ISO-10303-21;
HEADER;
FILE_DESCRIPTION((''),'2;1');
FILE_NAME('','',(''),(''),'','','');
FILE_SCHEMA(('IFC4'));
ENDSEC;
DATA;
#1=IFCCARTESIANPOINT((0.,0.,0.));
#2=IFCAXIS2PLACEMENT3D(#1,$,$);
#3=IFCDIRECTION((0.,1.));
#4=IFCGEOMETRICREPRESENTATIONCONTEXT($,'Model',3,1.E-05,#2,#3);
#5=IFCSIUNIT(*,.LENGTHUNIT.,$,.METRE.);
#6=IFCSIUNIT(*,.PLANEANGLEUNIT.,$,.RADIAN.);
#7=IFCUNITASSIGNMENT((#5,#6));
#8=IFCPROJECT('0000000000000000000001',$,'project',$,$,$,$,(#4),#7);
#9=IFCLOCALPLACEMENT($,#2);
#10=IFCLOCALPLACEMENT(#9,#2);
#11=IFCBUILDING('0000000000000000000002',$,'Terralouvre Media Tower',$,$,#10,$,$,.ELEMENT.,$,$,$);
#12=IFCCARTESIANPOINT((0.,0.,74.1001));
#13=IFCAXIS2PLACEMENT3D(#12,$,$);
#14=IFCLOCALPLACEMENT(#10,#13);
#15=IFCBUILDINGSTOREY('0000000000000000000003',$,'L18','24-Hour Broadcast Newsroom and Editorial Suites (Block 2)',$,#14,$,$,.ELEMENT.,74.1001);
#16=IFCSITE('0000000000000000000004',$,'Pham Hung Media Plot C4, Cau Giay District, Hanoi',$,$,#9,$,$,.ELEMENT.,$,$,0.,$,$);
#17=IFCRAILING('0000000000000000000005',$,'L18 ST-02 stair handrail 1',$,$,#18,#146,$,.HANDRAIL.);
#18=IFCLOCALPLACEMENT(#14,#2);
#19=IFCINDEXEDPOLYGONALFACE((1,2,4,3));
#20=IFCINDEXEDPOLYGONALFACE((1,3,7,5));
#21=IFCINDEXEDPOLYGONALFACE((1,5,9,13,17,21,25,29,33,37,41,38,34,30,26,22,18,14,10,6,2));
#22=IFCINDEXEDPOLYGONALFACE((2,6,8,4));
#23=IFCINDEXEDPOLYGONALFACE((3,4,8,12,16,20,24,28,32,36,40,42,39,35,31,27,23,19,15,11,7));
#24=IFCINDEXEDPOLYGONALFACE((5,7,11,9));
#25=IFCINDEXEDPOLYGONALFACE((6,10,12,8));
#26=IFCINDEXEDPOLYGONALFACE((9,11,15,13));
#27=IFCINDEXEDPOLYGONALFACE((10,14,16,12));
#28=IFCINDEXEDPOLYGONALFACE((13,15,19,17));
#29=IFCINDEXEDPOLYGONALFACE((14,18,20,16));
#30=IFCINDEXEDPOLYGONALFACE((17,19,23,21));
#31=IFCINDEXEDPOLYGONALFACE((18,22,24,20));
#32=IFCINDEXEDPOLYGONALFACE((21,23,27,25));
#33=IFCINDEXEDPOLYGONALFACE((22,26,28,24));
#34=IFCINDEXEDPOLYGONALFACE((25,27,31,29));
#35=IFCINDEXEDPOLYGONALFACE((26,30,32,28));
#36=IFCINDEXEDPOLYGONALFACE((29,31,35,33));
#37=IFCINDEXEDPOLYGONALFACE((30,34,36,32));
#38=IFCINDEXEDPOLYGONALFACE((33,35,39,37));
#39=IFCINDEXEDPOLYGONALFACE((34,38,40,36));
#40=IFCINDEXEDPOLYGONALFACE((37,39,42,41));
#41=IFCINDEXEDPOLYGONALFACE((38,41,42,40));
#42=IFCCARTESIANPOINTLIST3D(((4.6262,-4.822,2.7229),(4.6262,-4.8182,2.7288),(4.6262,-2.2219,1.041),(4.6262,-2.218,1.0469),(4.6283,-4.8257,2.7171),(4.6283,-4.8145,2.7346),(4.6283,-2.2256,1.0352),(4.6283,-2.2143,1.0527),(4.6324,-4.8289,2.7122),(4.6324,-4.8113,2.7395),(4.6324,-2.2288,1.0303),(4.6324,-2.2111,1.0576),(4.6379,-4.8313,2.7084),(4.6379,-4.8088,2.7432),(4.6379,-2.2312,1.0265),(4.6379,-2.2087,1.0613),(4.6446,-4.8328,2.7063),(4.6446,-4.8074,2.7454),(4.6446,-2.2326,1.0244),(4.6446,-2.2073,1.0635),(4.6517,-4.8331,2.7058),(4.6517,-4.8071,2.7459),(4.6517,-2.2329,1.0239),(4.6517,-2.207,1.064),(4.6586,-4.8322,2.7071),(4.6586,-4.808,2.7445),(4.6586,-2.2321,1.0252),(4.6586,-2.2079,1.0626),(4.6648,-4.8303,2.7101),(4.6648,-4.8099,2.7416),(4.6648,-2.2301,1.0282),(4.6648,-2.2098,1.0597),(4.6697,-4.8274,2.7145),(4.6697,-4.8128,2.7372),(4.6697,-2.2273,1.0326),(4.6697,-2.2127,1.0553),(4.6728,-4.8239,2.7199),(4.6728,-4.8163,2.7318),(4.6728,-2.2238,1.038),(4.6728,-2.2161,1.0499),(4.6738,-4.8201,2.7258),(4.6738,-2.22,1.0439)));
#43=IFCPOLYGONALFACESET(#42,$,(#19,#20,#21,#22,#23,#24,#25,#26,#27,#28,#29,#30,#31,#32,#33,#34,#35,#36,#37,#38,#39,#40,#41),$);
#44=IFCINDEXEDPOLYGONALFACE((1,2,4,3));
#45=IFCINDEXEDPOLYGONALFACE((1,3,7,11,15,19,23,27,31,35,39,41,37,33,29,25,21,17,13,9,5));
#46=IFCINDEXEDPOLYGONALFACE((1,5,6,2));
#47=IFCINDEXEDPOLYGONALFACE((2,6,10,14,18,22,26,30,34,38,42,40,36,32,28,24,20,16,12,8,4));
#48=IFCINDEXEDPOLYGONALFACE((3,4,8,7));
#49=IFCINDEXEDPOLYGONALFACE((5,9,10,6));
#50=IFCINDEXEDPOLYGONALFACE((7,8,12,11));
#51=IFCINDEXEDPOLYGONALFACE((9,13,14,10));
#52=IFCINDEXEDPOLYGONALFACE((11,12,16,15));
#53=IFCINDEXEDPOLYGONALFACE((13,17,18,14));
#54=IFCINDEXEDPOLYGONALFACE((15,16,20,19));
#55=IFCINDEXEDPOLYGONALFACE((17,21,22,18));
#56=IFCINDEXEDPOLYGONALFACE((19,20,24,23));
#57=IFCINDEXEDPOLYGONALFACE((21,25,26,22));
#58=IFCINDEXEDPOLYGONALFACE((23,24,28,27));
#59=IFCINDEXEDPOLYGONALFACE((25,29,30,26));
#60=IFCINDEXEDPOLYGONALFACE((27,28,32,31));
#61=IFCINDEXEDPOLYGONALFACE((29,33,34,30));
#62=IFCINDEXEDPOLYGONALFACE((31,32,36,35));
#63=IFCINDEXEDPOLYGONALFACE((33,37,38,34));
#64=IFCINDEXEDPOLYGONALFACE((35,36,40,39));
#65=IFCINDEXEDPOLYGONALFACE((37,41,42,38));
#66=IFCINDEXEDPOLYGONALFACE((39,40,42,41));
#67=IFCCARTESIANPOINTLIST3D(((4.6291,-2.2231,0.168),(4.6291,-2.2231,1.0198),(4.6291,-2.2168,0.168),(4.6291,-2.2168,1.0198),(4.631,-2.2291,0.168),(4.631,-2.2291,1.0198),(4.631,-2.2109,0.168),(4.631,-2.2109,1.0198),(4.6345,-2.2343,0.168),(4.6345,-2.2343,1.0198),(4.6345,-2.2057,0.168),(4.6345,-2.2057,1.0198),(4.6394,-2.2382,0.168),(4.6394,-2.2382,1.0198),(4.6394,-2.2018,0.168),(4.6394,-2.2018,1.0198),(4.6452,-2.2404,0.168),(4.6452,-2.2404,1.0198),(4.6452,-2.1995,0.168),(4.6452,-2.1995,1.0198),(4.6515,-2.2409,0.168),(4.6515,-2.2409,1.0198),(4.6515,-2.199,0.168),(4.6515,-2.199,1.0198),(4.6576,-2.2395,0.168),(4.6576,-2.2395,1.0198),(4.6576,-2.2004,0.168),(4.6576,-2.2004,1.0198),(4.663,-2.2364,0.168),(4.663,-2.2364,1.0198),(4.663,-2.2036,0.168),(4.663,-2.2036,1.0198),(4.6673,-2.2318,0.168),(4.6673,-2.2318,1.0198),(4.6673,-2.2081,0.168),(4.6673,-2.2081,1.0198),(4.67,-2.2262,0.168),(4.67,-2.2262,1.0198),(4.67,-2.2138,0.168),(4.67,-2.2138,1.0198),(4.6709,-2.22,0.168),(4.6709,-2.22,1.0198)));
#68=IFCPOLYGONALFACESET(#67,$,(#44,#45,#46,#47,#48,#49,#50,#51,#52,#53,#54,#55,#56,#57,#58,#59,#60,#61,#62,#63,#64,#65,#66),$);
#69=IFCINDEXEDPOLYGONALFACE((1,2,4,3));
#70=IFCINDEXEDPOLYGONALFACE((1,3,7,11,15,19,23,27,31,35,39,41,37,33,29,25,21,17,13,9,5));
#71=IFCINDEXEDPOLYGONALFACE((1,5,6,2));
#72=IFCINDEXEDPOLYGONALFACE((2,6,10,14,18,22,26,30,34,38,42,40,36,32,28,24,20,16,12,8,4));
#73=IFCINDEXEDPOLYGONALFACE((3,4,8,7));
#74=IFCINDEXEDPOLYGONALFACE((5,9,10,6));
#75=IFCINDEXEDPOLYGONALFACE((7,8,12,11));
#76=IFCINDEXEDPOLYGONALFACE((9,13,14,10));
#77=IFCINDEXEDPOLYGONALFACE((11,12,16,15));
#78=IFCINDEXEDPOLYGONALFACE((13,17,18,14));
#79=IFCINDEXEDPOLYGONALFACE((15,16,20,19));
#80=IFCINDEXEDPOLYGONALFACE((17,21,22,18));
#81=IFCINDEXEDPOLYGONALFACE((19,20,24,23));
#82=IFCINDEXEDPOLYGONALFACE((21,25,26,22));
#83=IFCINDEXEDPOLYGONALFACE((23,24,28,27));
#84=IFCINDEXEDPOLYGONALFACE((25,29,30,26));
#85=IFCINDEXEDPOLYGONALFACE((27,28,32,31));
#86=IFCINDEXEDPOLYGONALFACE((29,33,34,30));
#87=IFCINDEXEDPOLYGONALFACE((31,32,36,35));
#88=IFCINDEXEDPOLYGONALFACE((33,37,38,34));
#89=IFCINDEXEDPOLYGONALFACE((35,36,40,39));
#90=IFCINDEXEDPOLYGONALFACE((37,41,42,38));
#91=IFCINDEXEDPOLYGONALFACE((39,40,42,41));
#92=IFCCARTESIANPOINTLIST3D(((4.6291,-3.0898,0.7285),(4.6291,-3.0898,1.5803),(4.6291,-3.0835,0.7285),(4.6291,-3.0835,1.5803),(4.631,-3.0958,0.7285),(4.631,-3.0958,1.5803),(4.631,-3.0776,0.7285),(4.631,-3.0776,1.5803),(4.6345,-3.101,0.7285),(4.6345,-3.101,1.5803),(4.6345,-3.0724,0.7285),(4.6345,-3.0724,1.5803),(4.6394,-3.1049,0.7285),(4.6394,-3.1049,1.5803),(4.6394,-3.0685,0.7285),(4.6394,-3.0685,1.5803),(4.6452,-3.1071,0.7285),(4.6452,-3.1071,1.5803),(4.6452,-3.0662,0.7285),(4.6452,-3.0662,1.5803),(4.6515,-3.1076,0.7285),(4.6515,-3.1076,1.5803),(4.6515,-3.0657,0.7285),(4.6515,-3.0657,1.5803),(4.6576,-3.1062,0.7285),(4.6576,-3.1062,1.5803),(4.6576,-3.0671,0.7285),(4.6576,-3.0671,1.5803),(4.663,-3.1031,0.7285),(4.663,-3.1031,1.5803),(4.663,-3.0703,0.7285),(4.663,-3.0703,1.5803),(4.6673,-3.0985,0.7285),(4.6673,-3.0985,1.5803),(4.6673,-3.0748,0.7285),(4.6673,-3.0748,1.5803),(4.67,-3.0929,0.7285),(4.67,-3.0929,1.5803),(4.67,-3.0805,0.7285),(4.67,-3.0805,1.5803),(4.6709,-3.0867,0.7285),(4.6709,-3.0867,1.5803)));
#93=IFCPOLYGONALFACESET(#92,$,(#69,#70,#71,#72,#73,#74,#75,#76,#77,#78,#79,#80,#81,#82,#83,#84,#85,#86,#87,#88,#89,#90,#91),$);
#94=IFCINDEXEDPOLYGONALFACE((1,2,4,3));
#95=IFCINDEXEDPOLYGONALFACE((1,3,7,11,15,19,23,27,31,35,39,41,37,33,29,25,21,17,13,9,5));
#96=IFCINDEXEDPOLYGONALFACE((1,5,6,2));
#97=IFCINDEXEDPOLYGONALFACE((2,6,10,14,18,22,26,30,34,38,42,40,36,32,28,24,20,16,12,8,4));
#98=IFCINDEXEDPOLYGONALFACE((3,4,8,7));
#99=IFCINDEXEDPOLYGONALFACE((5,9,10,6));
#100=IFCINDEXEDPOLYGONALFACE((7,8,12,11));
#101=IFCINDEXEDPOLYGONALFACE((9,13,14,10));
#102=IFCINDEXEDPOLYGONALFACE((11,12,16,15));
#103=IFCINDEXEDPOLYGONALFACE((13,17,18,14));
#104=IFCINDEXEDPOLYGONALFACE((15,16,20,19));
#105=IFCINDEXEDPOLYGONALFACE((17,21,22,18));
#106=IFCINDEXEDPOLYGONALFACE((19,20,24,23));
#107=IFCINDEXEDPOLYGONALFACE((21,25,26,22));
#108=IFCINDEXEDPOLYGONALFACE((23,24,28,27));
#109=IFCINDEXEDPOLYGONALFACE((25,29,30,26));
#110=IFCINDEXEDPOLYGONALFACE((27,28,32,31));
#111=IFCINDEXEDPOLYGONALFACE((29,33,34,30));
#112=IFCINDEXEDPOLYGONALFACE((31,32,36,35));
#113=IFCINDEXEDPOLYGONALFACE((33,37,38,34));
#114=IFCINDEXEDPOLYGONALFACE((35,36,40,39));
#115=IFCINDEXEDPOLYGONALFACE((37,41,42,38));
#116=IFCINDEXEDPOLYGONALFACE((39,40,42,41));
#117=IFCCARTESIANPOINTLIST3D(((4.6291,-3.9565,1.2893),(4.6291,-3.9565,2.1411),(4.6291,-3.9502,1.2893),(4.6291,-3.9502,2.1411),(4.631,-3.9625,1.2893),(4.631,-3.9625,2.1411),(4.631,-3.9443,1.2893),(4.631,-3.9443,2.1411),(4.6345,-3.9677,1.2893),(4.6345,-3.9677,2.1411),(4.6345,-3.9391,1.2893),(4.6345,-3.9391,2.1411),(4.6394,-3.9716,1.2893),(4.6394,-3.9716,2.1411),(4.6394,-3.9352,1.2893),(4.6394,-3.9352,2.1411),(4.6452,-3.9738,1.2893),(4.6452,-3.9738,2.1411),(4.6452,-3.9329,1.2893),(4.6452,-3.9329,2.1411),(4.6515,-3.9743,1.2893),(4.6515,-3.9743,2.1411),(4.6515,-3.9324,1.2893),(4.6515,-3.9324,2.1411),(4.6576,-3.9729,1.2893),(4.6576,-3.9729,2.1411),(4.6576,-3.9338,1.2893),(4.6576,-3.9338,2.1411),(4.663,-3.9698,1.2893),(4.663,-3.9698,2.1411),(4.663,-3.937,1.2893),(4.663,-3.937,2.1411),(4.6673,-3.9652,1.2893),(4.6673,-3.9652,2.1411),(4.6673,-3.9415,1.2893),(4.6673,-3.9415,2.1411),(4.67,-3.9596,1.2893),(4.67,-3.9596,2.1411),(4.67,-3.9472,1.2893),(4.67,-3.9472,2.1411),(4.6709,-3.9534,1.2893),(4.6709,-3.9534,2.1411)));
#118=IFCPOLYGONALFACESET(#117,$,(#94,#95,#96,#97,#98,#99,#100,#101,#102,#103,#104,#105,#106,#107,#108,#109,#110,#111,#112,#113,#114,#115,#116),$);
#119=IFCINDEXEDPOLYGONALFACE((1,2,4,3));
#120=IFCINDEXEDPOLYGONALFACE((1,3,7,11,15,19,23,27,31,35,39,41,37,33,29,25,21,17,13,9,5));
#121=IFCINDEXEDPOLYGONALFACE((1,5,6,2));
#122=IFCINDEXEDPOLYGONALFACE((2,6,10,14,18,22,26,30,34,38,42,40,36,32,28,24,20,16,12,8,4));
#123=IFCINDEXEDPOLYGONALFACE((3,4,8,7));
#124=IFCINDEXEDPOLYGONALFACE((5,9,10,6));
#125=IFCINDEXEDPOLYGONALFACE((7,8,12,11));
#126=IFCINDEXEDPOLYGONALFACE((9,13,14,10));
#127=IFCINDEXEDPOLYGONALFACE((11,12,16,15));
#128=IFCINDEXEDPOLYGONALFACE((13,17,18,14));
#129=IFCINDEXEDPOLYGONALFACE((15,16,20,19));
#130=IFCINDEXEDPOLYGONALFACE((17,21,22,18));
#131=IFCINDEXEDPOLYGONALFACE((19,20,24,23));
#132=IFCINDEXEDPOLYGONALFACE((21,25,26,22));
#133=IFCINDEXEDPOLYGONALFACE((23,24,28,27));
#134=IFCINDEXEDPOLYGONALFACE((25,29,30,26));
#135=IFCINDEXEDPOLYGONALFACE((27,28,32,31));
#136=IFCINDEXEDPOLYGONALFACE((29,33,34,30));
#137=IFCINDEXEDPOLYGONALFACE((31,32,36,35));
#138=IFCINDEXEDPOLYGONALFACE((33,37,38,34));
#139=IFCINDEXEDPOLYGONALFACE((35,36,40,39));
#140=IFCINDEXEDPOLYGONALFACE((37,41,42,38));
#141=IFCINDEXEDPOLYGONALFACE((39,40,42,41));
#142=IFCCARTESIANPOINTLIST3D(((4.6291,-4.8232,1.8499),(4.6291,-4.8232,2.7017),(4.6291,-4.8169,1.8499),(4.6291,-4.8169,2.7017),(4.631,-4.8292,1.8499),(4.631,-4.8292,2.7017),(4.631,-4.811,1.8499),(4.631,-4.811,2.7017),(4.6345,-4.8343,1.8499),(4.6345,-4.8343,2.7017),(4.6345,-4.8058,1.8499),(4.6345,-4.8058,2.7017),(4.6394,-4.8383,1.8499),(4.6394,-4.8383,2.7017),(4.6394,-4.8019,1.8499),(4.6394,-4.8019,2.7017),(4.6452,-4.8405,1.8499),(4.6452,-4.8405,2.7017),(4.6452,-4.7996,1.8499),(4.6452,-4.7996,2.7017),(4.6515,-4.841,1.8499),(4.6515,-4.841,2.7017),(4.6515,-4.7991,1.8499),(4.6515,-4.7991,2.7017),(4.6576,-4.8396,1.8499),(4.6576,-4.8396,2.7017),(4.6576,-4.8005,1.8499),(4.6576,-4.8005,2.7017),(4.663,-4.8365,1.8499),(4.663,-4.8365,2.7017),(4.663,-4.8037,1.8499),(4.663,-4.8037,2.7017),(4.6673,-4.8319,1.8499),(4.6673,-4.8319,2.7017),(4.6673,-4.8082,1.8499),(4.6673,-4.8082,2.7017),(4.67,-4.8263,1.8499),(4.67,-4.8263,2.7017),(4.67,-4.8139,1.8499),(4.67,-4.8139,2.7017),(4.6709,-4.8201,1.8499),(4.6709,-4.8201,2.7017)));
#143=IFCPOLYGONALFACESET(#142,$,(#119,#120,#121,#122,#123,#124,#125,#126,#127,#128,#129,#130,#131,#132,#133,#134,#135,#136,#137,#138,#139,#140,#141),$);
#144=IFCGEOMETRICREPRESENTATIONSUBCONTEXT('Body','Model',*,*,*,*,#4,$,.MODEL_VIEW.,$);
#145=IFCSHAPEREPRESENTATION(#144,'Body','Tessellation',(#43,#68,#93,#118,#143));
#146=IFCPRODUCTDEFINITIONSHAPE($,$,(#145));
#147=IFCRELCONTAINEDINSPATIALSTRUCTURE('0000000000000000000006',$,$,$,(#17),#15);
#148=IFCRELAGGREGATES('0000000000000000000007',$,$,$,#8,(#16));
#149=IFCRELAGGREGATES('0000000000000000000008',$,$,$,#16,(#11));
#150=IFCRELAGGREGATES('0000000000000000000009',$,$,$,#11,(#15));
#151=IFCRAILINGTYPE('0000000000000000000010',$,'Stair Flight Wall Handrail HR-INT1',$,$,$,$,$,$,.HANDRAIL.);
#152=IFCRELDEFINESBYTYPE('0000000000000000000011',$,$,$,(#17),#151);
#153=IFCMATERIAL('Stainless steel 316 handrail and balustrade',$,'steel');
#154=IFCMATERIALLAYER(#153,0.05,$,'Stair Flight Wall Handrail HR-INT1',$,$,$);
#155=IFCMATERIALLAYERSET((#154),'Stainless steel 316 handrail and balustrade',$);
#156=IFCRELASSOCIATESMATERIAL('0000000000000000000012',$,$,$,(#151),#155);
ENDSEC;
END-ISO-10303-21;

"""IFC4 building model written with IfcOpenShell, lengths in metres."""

from ifc_helpers import new_model, si_unit, direction, frame, origin, origin_2d, place, context, subcontext, project, spatial, circle, extrude, material, layer, layer_set, type_object, element, save


model = new_model("IFC4")

# Units and contexts
model_context = context("Model", 3, precision=1e-05, world=origin(), true_north=direction((0.0, 1.0)))
body_context = subcontext(model_context, "Body", "Model", "MODEL_VIEW")
ifc_project = project(units=[si_unit("LENGTHUNIT", "METRE"), si_unit("PLANEANGLEUNIT", "RADIAN")], contexts=[model_context])

# Site, building, storey
site_placement = place(None, origin())
site = spatial("IfcSite", under=ifc_project, at=site_placement, Name="Pham Hung Media Plot C4, Cau Giay District, Hanoi", CompositionType="ELEMENT", RefElevation=0.0)
building_placement = place(site_placement, origin())
building = spatial("IfcBuilding", under=site, at=building_placement, Name="Terralouvre Media Tower", CompositionType="ELEMENT")
storey_placement = place(building_placement, frame((0.0, 0.0, 74.1001)))
storey = spatial("IfcBuildingStorey", under=building, at=storey_placement, Name="L18", Description="24-Hour Broadcast Newsroom and Editorial Suites (Block 2)", CompositionType="ELEMENT", Elevation=74.1001)

# Railing
ifc_material_1 = material(Name="Stainless steel 316 handrail and balustrade", Category="steel")
ifc_layer_1 = layer(ifc_material_1, 0.05, Name="Stair Flight Wall Handrail HR-INT1")
ifc_layer_set_1 = layer_set([ifc_layer_1], Name="Stainless steel 316 handrail and balustrade")
railing_type_1 = type_object("IfcRailingType", Name="Stair Flight Wall Handrail HR-INT1", PredefinedType="HANDRAIL", material=ifc_layer_set_1)
railing_1_placement = place(storey_placement, frame((4.6499, -2.22, 0.168)))
element("IfcRailing", 1, at=railing_1_placement, inside=storey, type_object=railing_type_1, Name="L18 ST-02 stair handrail 1", PredefinedType="HANDRAIL", context=body_context, shape_type="SweptSolid", body=[
    extrude(circle(Radius=0.0239, at=origin_2d()), frame((0.0, 0.0, 0.876), z_axis=(0.0, -0.839648, 0.54313), x_axis=(1.0, 0.0, 0.0)), (0.0, 0.0, 1.0), 3.0967),
    extrude(circle(Radius=0.021, at=origin_2d()), origin(), (0.0, 0.0, 1.0), 0.8518),
    extrude(circle(Radius=0.021, at=origin_2d()), frame((0.0, -0.8667, 0.5605)), (0.0, 0.0, 1.0), 0.8518),
    extrude(circle(Radius=0.021, at=origin_2d()), frame((0.0, -1.7334, 1.1213)), (0.0, 0.0, 1.0), 0.8518),
    extrude(circle(Radius=0.021, at=origin_2d()), frame((0.0, -2.6001, 1.6819)), (0.0, 0.0, 1.0), 0.8518),
])

save(model, "model.ifc")
